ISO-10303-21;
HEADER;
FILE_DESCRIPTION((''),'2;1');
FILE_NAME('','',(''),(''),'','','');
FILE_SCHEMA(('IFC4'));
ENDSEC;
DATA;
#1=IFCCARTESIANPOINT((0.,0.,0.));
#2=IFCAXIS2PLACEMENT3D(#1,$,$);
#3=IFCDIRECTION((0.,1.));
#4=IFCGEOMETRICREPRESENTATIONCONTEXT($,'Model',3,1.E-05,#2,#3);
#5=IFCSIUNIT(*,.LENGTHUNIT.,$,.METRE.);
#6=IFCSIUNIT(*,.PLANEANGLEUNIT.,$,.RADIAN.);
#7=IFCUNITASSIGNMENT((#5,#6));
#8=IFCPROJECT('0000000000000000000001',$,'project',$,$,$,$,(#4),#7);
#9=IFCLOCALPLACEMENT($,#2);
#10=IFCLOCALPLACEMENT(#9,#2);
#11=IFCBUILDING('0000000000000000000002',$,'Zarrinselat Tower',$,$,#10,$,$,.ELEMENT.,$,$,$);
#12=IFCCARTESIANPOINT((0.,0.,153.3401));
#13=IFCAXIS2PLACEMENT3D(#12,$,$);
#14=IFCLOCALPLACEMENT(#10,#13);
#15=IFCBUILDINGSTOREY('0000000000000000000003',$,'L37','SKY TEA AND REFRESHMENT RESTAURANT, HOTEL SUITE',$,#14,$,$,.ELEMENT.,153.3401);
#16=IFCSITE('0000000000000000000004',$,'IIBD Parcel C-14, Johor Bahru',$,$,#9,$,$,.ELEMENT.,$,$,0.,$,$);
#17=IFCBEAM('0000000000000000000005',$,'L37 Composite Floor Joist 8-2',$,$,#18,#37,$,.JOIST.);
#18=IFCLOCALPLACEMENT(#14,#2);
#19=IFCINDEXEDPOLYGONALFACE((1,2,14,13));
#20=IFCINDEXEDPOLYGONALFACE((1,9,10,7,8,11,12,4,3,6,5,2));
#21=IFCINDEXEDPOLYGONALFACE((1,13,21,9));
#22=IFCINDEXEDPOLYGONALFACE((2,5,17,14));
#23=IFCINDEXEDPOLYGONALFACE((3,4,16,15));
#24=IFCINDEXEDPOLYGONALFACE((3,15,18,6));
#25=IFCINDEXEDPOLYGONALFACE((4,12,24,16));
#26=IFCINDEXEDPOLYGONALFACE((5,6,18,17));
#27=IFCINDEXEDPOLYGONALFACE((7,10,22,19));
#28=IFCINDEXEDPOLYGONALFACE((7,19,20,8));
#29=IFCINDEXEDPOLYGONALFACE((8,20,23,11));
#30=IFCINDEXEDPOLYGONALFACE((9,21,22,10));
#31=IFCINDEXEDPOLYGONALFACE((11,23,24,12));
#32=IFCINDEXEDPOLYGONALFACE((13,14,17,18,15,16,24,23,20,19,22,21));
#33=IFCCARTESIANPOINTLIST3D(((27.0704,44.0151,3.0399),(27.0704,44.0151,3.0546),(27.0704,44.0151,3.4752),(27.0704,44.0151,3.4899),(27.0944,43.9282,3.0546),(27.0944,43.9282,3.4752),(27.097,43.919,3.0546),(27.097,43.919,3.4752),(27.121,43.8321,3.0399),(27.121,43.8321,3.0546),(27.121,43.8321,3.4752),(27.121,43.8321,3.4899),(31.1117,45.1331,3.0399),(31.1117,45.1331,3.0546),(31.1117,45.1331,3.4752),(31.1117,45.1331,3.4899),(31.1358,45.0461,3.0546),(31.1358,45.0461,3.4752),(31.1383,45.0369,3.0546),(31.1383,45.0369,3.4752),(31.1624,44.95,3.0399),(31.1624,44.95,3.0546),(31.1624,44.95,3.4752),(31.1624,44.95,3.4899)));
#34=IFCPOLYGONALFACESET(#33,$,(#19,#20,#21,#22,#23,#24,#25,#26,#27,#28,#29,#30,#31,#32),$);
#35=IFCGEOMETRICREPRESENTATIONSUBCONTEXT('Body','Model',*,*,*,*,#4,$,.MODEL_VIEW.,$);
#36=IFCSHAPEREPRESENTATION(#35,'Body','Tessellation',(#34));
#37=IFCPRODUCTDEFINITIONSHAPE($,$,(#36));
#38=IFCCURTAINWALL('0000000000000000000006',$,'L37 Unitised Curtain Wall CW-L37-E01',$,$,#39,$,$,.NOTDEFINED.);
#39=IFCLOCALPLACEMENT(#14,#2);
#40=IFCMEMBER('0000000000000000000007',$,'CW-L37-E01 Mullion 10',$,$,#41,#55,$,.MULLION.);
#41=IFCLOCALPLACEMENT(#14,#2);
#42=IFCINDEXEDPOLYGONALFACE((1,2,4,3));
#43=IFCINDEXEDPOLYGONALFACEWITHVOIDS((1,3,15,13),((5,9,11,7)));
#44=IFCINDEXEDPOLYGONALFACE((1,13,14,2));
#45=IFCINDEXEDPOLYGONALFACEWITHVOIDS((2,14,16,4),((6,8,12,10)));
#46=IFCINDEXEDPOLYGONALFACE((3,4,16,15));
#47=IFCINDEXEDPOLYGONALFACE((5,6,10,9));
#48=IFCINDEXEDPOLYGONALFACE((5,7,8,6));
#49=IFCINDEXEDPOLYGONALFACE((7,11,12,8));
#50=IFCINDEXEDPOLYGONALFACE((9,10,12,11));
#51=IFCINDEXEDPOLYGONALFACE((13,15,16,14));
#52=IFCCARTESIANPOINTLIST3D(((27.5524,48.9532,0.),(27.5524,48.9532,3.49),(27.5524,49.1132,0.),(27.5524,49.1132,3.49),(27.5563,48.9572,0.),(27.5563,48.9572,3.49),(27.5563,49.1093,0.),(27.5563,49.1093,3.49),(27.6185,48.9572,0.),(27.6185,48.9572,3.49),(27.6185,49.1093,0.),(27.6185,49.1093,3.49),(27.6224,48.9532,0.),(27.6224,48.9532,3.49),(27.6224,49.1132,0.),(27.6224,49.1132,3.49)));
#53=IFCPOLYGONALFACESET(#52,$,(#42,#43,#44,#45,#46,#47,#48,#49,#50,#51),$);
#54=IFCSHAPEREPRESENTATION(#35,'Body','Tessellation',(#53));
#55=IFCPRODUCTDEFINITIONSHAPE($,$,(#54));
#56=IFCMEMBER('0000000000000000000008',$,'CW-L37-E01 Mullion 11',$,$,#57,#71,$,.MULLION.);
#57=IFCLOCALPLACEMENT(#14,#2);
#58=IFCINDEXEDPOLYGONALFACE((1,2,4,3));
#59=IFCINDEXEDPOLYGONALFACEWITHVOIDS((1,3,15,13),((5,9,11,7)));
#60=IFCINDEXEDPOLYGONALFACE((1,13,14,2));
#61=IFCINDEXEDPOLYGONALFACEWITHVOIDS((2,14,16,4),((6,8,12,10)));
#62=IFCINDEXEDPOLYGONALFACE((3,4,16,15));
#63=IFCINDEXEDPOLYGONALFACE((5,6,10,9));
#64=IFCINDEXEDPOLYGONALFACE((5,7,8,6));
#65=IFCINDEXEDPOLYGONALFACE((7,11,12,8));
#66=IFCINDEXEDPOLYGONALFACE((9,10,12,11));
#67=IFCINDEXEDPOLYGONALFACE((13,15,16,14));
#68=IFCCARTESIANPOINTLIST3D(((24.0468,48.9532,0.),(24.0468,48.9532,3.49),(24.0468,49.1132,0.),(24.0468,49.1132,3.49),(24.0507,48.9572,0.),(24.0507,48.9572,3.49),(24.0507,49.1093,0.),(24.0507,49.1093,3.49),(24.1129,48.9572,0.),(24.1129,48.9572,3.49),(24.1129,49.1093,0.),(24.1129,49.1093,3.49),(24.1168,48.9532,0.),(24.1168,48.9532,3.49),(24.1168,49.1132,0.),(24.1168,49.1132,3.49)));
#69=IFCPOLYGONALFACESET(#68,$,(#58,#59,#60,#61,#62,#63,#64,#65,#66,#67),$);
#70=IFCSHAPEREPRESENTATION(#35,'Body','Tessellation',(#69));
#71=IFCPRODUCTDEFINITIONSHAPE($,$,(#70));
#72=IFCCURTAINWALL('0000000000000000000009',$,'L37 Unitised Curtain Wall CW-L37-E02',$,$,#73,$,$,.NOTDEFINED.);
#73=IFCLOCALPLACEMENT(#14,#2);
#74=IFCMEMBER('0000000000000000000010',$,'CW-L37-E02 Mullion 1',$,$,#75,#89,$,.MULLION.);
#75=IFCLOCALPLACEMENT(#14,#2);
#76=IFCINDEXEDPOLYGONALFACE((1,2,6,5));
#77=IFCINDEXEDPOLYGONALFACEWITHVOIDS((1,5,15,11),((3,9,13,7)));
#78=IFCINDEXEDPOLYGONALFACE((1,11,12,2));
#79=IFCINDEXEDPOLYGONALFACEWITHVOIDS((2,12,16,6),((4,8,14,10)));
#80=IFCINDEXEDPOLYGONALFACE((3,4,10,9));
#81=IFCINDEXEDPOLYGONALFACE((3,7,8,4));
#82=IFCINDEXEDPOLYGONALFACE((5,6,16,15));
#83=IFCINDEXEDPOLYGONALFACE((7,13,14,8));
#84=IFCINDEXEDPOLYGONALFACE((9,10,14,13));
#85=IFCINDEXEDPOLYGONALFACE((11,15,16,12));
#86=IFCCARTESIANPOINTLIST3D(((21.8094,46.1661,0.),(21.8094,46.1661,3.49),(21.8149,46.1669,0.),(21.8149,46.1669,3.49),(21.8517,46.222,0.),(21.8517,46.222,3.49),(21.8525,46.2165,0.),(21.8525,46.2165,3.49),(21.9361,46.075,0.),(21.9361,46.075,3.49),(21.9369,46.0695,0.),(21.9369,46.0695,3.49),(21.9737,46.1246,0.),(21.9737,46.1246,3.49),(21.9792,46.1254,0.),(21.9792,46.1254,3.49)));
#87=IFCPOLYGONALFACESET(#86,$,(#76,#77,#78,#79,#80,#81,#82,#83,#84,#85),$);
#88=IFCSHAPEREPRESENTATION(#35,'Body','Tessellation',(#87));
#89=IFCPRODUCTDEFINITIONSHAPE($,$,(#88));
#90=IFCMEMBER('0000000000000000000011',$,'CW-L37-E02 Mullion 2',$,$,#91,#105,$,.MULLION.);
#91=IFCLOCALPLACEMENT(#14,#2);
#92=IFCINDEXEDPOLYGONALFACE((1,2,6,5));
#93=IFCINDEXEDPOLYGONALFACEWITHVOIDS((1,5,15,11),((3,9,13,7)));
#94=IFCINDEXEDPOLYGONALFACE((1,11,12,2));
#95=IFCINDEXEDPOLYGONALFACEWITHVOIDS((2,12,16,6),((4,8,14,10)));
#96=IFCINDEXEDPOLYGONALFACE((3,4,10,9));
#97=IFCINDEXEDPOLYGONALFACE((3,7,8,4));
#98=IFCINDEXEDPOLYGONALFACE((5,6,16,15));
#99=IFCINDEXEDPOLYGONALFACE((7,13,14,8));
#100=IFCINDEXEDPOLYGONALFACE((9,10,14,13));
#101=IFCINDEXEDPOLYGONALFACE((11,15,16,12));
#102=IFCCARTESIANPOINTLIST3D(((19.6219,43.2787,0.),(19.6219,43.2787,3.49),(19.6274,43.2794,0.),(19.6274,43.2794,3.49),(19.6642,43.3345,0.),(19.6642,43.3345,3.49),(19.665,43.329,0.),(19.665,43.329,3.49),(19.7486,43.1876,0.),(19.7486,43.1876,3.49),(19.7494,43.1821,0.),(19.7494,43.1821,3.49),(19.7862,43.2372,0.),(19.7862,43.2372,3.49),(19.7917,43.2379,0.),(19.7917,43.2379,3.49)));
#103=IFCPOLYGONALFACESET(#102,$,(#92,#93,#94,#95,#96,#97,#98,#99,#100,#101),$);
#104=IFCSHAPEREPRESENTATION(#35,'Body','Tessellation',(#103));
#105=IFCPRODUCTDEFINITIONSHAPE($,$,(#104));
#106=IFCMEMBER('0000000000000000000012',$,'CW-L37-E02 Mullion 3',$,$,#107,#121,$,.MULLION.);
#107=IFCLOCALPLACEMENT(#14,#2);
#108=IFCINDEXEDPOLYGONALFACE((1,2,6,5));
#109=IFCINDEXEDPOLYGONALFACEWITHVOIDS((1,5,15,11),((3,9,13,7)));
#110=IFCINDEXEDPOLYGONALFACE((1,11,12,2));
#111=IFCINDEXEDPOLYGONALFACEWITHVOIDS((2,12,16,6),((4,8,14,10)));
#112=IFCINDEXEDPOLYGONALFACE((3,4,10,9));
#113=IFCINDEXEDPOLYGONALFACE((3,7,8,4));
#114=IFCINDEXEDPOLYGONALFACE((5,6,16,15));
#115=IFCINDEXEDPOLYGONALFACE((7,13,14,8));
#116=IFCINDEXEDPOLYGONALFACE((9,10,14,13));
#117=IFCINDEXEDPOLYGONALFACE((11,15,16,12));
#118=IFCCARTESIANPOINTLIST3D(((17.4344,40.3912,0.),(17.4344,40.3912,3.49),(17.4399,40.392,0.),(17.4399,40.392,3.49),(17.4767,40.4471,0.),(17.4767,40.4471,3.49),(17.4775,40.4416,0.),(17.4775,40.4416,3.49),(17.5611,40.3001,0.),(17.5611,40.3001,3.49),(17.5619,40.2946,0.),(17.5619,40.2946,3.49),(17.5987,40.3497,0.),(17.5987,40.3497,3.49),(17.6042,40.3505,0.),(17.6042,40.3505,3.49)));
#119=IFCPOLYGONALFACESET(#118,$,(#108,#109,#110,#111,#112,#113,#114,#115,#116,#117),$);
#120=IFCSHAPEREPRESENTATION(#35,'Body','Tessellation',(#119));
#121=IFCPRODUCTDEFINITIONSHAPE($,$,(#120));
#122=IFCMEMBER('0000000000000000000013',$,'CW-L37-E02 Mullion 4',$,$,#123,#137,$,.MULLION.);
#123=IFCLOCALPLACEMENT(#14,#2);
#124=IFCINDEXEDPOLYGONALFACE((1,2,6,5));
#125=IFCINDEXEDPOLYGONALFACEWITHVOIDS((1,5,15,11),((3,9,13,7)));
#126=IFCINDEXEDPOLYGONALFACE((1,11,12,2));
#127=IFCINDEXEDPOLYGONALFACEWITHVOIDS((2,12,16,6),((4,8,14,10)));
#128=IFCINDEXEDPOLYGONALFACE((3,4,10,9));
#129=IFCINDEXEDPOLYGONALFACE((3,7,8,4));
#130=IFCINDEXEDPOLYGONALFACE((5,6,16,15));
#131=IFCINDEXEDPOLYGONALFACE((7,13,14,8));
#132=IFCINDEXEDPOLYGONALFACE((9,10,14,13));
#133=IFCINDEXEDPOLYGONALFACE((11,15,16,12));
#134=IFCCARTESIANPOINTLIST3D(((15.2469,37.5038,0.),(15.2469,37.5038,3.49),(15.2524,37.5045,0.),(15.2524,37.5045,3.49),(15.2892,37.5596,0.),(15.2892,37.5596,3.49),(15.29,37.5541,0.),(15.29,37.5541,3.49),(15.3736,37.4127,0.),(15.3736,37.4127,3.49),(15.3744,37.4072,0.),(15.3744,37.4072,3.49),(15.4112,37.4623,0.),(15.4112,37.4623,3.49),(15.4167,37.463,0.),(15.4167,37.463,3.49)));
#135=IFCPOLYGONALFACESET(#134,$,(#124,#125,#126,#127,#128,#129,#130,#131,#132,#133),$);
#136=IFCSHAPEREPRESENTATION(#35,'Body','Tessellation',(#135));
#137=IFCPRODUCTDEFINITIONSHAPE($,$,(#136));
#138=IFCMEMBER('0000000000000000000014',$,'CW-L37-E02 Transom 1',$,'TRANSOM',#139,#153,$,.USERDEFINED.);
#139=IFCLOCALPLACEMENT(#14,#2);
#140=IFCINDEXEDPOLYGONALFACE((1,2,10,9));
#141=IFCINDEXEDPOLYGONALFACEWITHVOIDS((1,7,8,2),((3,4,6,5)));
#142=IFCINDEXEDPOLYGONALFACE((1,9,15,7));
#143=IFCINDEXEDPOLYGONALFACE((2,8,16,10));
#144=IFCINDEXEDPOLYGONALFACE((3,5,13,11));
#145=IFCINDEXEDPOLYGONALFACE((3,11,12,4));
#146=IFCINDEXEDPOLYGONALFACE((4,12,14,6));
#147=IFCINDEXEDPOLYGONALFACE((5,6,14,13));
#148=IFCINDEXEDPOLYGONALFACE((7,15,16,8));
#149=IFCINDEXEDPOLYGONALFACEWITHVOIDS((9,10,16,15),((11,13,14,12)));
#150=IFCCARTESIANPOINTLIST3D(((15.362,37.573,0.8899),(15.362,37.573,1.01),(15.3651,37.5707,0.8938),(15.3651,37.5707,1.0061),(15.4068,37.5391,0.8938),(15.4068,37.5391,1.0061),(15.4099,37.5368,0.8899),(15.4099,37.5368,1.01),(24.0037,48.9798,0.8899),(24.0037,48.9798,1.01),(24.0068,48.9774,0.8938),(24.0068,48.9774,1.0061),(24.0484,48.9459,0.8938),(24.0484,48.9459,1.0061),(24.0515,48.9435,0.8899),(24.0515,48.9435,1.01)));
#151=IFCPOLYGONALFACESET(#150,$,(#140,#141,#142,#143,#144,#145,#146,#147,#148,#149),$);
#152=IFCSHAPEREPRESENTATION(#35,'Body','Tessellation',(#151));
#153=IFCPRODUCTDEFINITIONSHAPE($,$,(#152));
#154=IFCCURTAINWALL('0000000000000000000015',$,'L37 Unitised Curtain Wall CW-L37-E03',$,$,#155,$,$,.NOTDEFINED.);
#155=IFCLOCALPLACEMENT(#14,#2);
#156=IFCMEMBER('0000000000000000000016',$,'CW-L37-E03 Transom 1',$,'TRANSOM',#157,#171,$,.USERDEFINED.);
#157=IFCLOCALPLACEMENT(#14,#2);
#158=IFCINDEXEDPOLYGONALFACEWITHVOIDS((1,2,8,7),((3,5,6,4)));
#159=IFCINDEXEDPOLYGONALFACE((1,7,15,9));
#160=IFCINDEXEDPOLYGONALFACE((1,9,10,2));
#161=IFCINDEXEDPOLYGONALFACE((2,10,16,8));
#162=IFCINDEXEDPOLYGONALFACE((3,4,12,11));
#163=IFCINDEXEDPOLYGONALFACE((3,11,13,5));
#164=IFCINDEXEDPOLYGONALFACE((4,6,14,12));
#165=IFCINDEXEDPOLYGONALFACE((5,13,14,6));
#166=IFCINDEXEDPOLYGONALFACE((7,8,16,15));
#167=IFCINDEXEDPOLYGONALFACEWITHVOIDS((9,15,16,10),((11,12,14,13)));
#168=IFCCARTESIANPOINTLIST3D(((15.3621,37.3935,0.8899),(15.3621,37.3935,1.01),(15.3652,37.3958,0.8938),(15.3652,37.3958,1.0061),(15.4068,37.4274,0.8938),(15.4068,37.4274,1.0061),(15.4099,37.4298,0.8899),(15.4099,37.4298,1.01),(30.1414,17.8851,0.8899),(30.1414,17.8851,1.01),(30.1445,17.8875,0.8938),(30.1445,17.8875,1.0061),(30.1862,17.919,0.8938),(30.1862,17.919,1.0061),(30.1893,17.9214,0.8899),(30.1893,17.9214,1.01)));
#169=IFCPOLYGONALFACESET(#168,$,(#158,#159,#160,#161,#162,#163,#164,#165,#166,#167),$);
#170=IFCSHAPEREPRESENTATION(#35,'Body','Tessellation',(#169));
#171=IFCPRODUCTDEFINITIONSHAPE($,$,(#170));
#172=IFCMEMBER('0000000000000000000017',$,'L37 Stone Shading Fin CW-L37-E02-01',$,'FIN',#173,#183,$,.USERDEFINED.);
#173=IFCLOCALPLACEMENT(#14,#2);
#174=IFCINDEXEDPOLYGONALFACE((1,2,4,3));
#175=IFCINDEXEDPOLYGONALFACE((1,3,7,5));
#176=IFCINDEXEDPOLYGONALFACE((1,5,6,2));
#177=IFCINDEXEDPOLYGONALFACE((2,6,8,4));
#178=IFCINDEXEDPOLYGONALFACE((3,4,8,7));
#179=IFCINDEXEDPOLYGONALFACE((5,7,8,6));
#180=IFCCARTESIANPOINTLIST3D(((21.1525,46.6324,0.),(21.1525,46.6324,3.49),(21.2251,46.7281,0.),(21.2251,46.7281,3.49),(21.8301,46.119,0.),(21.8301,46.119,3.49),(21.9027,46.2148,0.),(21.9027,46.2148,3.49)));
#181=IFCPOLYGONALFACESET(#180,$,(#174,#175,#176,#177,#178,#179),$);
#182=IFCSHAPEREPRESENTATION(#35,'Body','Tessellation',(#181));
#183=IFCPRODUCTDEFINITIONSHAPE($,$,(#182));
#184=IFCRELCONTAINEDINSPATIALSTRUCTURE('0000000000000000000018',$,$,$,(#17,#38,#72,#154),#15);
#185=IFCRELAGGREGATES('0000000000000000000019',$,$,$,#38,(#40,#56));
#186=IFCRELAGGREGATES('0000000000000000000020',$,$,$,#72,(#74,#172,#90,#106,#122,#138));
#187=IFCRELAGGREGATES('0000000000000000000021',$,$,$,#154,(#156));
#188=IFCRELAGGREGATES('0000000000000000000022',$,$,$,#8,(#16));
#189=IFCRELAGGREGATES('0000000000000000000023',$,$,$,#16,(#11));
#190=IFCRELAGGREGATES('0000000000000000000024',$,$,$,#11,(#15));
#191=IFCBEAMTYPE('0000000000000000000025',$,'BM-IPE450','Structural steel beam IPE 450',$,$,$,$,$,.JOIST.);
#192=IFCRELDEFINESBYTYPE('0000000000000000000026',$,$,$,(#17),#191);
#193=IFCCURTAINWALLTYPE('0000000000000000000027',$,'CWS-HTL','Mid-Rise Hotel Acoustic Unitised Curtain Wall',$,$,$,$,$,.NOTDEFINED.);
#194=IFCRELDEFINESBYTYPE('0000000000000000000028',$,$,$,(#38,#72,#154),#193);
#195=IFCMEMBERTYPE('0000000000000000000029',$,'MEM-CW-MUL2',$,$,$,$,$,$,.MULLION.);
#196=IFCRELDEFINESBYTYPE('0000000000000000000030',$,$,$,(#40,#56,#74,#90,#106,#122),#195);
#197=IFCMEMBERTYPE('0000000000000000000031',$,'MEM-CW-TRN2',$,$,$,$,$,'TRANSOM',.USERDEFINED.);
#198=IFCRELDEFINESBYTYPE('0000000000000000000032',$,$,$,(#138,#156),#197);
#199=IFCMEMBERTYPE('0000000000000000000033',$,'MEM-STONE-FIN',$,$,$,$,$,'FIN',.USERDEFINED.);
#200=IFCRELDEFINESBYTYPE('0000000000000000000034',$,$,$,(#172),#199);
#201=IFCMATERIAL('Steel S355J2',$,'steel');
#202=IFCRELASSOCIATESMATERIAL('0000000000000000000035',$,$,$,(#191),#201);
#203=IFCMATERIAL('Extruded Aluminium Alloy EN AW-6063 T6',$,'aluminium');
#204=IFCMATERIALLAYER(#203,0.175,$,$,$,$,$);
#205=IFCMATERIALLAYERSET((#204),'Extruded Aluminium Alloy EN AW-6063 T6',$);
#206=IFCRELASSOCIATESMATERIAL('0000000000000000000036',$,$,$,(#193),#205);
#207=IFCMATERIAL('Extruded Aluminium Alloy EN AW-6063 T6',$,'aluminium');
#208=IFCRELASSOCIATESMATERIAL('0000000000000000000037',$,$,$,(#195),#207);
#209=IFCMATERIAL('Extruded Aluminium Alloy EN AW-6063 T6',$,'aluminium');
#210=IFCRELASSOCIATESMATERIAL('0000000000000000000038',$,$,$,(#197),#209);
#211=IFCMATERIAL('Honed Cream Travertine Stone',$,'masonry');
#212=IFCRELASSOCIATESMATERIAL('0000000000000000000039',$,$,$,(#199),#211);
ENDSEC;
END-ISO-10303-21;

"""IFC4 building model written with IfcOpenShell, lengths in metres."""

from ifc_helpers import new_model, si_unit, direction, frame, origin, origin_2d, place, context, subcontext, project, spatial, rectangle, hollow_rectangle, i_section, extrude, material, layer, layer_set, material_profile, profile_set, type_object, element, aggregate, save


model = new_model("IFC4")

# Units and contexts
model_context = context("Model", 3, precision=1e-05, world=origin(), true_north=direction((0.0, 1.0)))
body_context = subcontext(model_context, "Body", "Model", "MODEL_VIEW")
ifc_project = project(units=[si_unit("LENGTHUNIT", "METRE"), si_unit("PLANEANGLEUNIT", "RADIAN")], contexts=[model_context])

# Site, building, storey
site_placement = place(None, origin())
site = spatial("IfcSite", under=ifc_project, at=site_placement, Name="IIBD Parcel C-14, Johor Bahru", CompositionType="ELEMENT", RefElevation=0.0)
building_placement = place(site_placement, origin())
building = spatial("IfcBuilding", under=site, at=building_placement, Name="Zarrinselat Tower", CompositionType="ELEMENT")
storey_placement = place(building_placement, frame((0.0, 0.0, 153.3401)))
storey = spatial("IfcBuildingStorey", under=building, at=storey_placement, Name="L37", Description="SKY TEA AND REFRESHMENT RESTAURANT, HOTEL SUITE", CompositionType="ELEMENT", Elevation=153.3401)

# Beam
ifc_material_1 = material(Name="Steel S355J2", Category="steel")
ifc_material_profile_1 = material_profile(ifc_material_1, i_section(OverallWidth=0.1899, OverallDepth=0.45, WebThickness=0.0095, FlangeThickness=0.0146, at=origin_2d()), Name="IPE 450")
ifc_profile_set_1 = profile_set([ifc_material_profile_1], Name="Steel S355J2")
beam_type_1 = type_object("IfcBeamType", Name="BM-IPE450", Description="Structural steel beam IPE 450", PredefinedType="JOIST", material=ifc_profile_set_1)
beam_1_placement = place(storey_placement, frame((27.0957, 43.9236, 3.2649), z_axis=(0.963803, 0.266614, 0.0), x_axis=(-0.266614, 0.963803, 0.0)))
element("IfcBeam", 1, at=beam_1_placement, inside=storey, type_object=beam_type_1, Name="L37 Composite Floor Joist 8-2", PredefinedType="JOIST", context=body_context, shape_type="SweptSolid", body=[
    extrude(i_section(OverallWidth=0.1899, OverallDepth=0.45, WebThickness=0.0095, FlangeThickness=0.0146, at=origin_2d()), origin(), (0.0, 0.0, 1.0), 4.1931),
])

# Curtain walls, members
ifc_material_2 = material(Name="Extruded Aluminium Alloy EN AW-6063 T6", Category="aluminium")
ifc_layer_1 = layer(ifc_material_2, 0.175)
ifc_layer_set_1 = layer_set([ifc_layer_1], Name="Extruded Aluminium Alloy EN AW-6063 T6")
curtain_wall_type = type_object("IfcCurtainWallType", Name="CWS-HTL", Description="Mid-Rise Hotel Acoustic Unitised Curtain Wall", PredefinedType="NOTDEFINED", material=ifc_layer_set_1)
curtain_wall_1_placement = place(storey_placement, origin())
curtain_wall_1 = element("IfcCurtainWall", 2, at=curtain_wall_1_placement, inside=storey, type_object=curtain_wall_type, Name="L37 Unitised Curtain Wall CW-L37-E01", PredefinedType="NOTDEFINED")
ifc_material_3 = material(Name="Extruded Aluminium Alloy EN AW-6063 T6", Category="aluminium")
ifc_material_profile_2 = material_profile(ifc_material_3, hollow_rectangle(XDim=0.0701, YDim=0.1599, WallThickness=0.0039, at=origin_2d()), Name="RHS 160x70x4")
ifc_profile_set_2 = profile_set([ifc_material_profile_2], Name="Extruded Aluminium Alloy EN AW-6063 T6")
member_type_1 = type_object("IfcMemberType", Name="MEM-CW-MUL2", PredefinedType="MULLION", material=ifc_profile_set_2)
member_1_placement = place(storey_placement, frame((27.5874, 49.0332, 0.0), z_axis=(0.0, 0.0, 1.0), x_axis=(-1.0, 0.0, 0.0)))
member_1 = element("IfcMember", 3, at=member_1_placement, type_object=member_type_1, Name="CW-L37-E01 Mullion 10", PredefinedType="MULLION", context=body_context, shape_type="SweptSolid", body=[
    extrude(hollow_rectangle(XDim=0.0701, YDim=0.1599, WallThickness=0.0039, at=origin_2d()), origin(), (0.0, 0.0, 1.0), 3.49),
])
member_2_placement = place(storey_placement, frame((24.0818, 49.0332, 0.0), z_axis=(0.0, 0.0, 1.0), x_axis=(-1.0, 0.0, 0.0)))
member_2 = element("IfcMember", 4, at=member_2_placement, type_object=member_type_1, Name="CW-L37-E01 Mullion 11", PredefinedType="MULLION", context=body_context, shape_type="SweptSolid", body=[
    extrude(hollow_rectangle(XDim=0.0701, YDim=0.1599, WallThickness=0.0039, at=origin_2d()), origin(), (0.0, 0.0, 1.0), 3.49),
])
curtain_wall_2_placement = place(storey_placement, origin())
curtain_wall_2 = element("IfcCurtainWall", 5, at=curtain_wall_2_placement, inside=storey, type_object=curtain_wall_type, Name="L37 Unitised Curtain Wall CW-L37-E02", PredefinedType="NOTDEFINED")
member_3_placement = place(storey_placement, frame((21.8943, 46.1458, 0.0), z_axis=(0.0, 0.0, 1.0), x_axis=(-0.603858, -0.797092, 0.0)))
member_3 = element("IfcMember", 6, at=member_3_placement, type_object=member_type_1, Name="CW-L37-E02 Mullion 1", PredefinedType="MULLION", context=body_context, shape_type="SweptSolid", body=[
    extrude(hollow_rectangle(XDim=0.0701, YDim=0.1599, WallThickness=0.0039, at=origin_2d()), origin(), (0.0, 0.0, 1.0), 3.49),
])
member_4_placement = place(storey_placement, frame((19.7068, 43.2583, 0.0), z_axis=(0.0, 0.0, 1.0), x_axis=(-0.603858, -0.797092, 0.0)))
member_4 = element("IfcMember", 7, at=member_4_placement, type_object=member_type_1, Name="CW-L37-E02 Mullion 2", PredefinedType="MULLION", context=body_context, shape_type="SweptSolid", body=[
    extrude(hollow_rectangle(XDim=0.0701, YDim=0.1599, WallThickness=0.0039, at=origin_2d()), origin(), (0.0, 0.0, 1.0), 3.49),
])
member_5_placement = place(storey_placement, frame((17.5193, 40.3708, 0.0), z_axis=(0.0, 0.0, 1.0), x_axis=(-0.603858, -0.797092, 0.0)))
member_5 = element("IfcMember", 8, at=member_5_placement, type_object=member_type_1, Name="CW-L37-E02 Mullion 3", PredefinedType="MULLION", context=body_context, shape_type="SweptSolid", body=[
    extrude(hollow_rectangle(XDim=0.0701, YDim=0.1599, WallThickness=0.0039, at=origin_2d()), origin(), (0.0, 0.0, 1.0), 3.49),
])
member_6_placement = place(storey_placement, frame((15.3318, 37.4834, 0.0), z_axis=(0.0, 0.0, 1.0), x_axis=(-0.603858, -0.797092, 0.0)))
member_6 = element("IfcMember", 9, at=member_6_placement, type_object=member_type_1, Name="CW-L37-E02 Mullion 4", PredefinedType="MULLION", context=body_context, shape_type="SweptSolid", body=[
    extrude(hollow_rectangle(XDim=0.0701, YDim=0.1599, WallThickness=0.0039, at=origin_2d()), origin(), (0.0, 0.0, 1.0), 3.49),
])
ifc_material_4 = material(Name="Extruded Aluminium Alloy EN AW-6063 T6", Category="aluminium")
ifc_material_profile_3 = material_profile(ifc_material_4, hollow_rectangle(XDim=0.0601, YDim=0.1201, WallThickness=0.0039, at=origin_2d()), Name="RHS 120x60x4")
ifc_profile_set_3 = profile_set([ifc_material_profile_3], Name="Extruded Aluminium Alloy EN AW-6063 T6")
member_type_2 = type_object("IfcMemberType", Name="MEM-CW-TRN2", ElementType="TRANSOM", PredefinedType="USERDEFINED", material=ifc_profile_set_3)
member_7_placement = place(storey_placement, frame((24.0276, 48.9617, 0.95), z_axis=(-0.603864, -0.797088, 0.0), x_axis=(0.797088, -0.603864, 0.0)))
member_7 = element("IfcMember", 10, at=member_7_placement, type_object=member_type_2, Name="CW-L37-E02 Transom 1", ObjectType="TRANSOM", PredefinedType="USERDEFINED", context=body_context, shape_type="SweptSolid", body=[
    extrude(hollow_rectangle(XDim=0.0601, YDim=0.1201, WallThickness=0.0039, at=origin_2d()), origin(), (0.0, 0.0, 1.0), 14.3105),
])

# Curtain wall, member
curtain_wall_3_placement = place(storey_placement, origin())
curtain_wall_3 = element("IfcCurtainWall", 11, at=curtain_wall_3_placement, inside=storey, type_object=curtain_wall_type, Name="L37 Unitised Curtain Wall CW-L37-E03", PredefinedType="NOTDEFINED")
member_8_placement = place(storey_placement, frame((15.386, 37.4116, 0.95), z_axis=(0.603865, -0.797087, 0.0), x_axis=(0.797087, 0.603865, 0.0)))
member_8 = element("IfcMember", 12, at=member_8_placement, type_object=member_type_2, Name="CW-L37-E03 Transom 1", ObjectType="TRANSOM", PredefinedType="USERDEFINED", context=body_context, shape_type="SweptSolid", body=[
    extrude(hollow_rectangle(XDim=0.0601, YDim=0.1201, WallThickness=0.0039, at=origin_2d()), origin(), (0.0, 0.0, 1.0), 24.4746),
])

# Member
ifc_material_5 = material(Name="Honed Cream Travertine Stone", Category="masonry")
ifc_material_profile_4 = material_profile(ifc_material_5, rectangle(XDim=0.1201, YDim=0.8501, at=origin_2d()), Name="FIN 850x120")
ifc_profile_set_4 = profile_set([ifc_material_profile_4], Name="Honed Cream Travertine Stone")
member_type_3 = type_object("IfcMemberType", Name="MEM-STONE-FIN", ElementType="FIN", PredefinedType="USERDEFINED", material=ifc_profile_set_4)
member_9_placement = place(storey_placement, frame((21.5276, 46.4236, 0.0), z_axis=(0.0, 0.0, 1.0), x_axis=(0.603858, 0.797092, 0.0)))
member_9 = element("IfcMember", 13, at=member_9_placement, type_object=member_type_3, Name="L37 Stone Shading Fin CW-L37-E02-01", ObjectType="FIN", PredefinedType="USERDEFINED", context=body_context, shape_type="SweptSolid", body=[
    extrude(rectangle(XDim=0.1201, YDim=0.8501, at=origin_2d()), origin(), (0.0, 0.0, 1.0), 3.49),
])

aggregate(curtain_wall_1, [member_1, member_2])
aggregate(curtain_wall_2, [member_3, member_9, member_4, member_5, member_6, member_7])
aggregate(curtain_wall_3, [member_8])

save(model, "model.ifc")
